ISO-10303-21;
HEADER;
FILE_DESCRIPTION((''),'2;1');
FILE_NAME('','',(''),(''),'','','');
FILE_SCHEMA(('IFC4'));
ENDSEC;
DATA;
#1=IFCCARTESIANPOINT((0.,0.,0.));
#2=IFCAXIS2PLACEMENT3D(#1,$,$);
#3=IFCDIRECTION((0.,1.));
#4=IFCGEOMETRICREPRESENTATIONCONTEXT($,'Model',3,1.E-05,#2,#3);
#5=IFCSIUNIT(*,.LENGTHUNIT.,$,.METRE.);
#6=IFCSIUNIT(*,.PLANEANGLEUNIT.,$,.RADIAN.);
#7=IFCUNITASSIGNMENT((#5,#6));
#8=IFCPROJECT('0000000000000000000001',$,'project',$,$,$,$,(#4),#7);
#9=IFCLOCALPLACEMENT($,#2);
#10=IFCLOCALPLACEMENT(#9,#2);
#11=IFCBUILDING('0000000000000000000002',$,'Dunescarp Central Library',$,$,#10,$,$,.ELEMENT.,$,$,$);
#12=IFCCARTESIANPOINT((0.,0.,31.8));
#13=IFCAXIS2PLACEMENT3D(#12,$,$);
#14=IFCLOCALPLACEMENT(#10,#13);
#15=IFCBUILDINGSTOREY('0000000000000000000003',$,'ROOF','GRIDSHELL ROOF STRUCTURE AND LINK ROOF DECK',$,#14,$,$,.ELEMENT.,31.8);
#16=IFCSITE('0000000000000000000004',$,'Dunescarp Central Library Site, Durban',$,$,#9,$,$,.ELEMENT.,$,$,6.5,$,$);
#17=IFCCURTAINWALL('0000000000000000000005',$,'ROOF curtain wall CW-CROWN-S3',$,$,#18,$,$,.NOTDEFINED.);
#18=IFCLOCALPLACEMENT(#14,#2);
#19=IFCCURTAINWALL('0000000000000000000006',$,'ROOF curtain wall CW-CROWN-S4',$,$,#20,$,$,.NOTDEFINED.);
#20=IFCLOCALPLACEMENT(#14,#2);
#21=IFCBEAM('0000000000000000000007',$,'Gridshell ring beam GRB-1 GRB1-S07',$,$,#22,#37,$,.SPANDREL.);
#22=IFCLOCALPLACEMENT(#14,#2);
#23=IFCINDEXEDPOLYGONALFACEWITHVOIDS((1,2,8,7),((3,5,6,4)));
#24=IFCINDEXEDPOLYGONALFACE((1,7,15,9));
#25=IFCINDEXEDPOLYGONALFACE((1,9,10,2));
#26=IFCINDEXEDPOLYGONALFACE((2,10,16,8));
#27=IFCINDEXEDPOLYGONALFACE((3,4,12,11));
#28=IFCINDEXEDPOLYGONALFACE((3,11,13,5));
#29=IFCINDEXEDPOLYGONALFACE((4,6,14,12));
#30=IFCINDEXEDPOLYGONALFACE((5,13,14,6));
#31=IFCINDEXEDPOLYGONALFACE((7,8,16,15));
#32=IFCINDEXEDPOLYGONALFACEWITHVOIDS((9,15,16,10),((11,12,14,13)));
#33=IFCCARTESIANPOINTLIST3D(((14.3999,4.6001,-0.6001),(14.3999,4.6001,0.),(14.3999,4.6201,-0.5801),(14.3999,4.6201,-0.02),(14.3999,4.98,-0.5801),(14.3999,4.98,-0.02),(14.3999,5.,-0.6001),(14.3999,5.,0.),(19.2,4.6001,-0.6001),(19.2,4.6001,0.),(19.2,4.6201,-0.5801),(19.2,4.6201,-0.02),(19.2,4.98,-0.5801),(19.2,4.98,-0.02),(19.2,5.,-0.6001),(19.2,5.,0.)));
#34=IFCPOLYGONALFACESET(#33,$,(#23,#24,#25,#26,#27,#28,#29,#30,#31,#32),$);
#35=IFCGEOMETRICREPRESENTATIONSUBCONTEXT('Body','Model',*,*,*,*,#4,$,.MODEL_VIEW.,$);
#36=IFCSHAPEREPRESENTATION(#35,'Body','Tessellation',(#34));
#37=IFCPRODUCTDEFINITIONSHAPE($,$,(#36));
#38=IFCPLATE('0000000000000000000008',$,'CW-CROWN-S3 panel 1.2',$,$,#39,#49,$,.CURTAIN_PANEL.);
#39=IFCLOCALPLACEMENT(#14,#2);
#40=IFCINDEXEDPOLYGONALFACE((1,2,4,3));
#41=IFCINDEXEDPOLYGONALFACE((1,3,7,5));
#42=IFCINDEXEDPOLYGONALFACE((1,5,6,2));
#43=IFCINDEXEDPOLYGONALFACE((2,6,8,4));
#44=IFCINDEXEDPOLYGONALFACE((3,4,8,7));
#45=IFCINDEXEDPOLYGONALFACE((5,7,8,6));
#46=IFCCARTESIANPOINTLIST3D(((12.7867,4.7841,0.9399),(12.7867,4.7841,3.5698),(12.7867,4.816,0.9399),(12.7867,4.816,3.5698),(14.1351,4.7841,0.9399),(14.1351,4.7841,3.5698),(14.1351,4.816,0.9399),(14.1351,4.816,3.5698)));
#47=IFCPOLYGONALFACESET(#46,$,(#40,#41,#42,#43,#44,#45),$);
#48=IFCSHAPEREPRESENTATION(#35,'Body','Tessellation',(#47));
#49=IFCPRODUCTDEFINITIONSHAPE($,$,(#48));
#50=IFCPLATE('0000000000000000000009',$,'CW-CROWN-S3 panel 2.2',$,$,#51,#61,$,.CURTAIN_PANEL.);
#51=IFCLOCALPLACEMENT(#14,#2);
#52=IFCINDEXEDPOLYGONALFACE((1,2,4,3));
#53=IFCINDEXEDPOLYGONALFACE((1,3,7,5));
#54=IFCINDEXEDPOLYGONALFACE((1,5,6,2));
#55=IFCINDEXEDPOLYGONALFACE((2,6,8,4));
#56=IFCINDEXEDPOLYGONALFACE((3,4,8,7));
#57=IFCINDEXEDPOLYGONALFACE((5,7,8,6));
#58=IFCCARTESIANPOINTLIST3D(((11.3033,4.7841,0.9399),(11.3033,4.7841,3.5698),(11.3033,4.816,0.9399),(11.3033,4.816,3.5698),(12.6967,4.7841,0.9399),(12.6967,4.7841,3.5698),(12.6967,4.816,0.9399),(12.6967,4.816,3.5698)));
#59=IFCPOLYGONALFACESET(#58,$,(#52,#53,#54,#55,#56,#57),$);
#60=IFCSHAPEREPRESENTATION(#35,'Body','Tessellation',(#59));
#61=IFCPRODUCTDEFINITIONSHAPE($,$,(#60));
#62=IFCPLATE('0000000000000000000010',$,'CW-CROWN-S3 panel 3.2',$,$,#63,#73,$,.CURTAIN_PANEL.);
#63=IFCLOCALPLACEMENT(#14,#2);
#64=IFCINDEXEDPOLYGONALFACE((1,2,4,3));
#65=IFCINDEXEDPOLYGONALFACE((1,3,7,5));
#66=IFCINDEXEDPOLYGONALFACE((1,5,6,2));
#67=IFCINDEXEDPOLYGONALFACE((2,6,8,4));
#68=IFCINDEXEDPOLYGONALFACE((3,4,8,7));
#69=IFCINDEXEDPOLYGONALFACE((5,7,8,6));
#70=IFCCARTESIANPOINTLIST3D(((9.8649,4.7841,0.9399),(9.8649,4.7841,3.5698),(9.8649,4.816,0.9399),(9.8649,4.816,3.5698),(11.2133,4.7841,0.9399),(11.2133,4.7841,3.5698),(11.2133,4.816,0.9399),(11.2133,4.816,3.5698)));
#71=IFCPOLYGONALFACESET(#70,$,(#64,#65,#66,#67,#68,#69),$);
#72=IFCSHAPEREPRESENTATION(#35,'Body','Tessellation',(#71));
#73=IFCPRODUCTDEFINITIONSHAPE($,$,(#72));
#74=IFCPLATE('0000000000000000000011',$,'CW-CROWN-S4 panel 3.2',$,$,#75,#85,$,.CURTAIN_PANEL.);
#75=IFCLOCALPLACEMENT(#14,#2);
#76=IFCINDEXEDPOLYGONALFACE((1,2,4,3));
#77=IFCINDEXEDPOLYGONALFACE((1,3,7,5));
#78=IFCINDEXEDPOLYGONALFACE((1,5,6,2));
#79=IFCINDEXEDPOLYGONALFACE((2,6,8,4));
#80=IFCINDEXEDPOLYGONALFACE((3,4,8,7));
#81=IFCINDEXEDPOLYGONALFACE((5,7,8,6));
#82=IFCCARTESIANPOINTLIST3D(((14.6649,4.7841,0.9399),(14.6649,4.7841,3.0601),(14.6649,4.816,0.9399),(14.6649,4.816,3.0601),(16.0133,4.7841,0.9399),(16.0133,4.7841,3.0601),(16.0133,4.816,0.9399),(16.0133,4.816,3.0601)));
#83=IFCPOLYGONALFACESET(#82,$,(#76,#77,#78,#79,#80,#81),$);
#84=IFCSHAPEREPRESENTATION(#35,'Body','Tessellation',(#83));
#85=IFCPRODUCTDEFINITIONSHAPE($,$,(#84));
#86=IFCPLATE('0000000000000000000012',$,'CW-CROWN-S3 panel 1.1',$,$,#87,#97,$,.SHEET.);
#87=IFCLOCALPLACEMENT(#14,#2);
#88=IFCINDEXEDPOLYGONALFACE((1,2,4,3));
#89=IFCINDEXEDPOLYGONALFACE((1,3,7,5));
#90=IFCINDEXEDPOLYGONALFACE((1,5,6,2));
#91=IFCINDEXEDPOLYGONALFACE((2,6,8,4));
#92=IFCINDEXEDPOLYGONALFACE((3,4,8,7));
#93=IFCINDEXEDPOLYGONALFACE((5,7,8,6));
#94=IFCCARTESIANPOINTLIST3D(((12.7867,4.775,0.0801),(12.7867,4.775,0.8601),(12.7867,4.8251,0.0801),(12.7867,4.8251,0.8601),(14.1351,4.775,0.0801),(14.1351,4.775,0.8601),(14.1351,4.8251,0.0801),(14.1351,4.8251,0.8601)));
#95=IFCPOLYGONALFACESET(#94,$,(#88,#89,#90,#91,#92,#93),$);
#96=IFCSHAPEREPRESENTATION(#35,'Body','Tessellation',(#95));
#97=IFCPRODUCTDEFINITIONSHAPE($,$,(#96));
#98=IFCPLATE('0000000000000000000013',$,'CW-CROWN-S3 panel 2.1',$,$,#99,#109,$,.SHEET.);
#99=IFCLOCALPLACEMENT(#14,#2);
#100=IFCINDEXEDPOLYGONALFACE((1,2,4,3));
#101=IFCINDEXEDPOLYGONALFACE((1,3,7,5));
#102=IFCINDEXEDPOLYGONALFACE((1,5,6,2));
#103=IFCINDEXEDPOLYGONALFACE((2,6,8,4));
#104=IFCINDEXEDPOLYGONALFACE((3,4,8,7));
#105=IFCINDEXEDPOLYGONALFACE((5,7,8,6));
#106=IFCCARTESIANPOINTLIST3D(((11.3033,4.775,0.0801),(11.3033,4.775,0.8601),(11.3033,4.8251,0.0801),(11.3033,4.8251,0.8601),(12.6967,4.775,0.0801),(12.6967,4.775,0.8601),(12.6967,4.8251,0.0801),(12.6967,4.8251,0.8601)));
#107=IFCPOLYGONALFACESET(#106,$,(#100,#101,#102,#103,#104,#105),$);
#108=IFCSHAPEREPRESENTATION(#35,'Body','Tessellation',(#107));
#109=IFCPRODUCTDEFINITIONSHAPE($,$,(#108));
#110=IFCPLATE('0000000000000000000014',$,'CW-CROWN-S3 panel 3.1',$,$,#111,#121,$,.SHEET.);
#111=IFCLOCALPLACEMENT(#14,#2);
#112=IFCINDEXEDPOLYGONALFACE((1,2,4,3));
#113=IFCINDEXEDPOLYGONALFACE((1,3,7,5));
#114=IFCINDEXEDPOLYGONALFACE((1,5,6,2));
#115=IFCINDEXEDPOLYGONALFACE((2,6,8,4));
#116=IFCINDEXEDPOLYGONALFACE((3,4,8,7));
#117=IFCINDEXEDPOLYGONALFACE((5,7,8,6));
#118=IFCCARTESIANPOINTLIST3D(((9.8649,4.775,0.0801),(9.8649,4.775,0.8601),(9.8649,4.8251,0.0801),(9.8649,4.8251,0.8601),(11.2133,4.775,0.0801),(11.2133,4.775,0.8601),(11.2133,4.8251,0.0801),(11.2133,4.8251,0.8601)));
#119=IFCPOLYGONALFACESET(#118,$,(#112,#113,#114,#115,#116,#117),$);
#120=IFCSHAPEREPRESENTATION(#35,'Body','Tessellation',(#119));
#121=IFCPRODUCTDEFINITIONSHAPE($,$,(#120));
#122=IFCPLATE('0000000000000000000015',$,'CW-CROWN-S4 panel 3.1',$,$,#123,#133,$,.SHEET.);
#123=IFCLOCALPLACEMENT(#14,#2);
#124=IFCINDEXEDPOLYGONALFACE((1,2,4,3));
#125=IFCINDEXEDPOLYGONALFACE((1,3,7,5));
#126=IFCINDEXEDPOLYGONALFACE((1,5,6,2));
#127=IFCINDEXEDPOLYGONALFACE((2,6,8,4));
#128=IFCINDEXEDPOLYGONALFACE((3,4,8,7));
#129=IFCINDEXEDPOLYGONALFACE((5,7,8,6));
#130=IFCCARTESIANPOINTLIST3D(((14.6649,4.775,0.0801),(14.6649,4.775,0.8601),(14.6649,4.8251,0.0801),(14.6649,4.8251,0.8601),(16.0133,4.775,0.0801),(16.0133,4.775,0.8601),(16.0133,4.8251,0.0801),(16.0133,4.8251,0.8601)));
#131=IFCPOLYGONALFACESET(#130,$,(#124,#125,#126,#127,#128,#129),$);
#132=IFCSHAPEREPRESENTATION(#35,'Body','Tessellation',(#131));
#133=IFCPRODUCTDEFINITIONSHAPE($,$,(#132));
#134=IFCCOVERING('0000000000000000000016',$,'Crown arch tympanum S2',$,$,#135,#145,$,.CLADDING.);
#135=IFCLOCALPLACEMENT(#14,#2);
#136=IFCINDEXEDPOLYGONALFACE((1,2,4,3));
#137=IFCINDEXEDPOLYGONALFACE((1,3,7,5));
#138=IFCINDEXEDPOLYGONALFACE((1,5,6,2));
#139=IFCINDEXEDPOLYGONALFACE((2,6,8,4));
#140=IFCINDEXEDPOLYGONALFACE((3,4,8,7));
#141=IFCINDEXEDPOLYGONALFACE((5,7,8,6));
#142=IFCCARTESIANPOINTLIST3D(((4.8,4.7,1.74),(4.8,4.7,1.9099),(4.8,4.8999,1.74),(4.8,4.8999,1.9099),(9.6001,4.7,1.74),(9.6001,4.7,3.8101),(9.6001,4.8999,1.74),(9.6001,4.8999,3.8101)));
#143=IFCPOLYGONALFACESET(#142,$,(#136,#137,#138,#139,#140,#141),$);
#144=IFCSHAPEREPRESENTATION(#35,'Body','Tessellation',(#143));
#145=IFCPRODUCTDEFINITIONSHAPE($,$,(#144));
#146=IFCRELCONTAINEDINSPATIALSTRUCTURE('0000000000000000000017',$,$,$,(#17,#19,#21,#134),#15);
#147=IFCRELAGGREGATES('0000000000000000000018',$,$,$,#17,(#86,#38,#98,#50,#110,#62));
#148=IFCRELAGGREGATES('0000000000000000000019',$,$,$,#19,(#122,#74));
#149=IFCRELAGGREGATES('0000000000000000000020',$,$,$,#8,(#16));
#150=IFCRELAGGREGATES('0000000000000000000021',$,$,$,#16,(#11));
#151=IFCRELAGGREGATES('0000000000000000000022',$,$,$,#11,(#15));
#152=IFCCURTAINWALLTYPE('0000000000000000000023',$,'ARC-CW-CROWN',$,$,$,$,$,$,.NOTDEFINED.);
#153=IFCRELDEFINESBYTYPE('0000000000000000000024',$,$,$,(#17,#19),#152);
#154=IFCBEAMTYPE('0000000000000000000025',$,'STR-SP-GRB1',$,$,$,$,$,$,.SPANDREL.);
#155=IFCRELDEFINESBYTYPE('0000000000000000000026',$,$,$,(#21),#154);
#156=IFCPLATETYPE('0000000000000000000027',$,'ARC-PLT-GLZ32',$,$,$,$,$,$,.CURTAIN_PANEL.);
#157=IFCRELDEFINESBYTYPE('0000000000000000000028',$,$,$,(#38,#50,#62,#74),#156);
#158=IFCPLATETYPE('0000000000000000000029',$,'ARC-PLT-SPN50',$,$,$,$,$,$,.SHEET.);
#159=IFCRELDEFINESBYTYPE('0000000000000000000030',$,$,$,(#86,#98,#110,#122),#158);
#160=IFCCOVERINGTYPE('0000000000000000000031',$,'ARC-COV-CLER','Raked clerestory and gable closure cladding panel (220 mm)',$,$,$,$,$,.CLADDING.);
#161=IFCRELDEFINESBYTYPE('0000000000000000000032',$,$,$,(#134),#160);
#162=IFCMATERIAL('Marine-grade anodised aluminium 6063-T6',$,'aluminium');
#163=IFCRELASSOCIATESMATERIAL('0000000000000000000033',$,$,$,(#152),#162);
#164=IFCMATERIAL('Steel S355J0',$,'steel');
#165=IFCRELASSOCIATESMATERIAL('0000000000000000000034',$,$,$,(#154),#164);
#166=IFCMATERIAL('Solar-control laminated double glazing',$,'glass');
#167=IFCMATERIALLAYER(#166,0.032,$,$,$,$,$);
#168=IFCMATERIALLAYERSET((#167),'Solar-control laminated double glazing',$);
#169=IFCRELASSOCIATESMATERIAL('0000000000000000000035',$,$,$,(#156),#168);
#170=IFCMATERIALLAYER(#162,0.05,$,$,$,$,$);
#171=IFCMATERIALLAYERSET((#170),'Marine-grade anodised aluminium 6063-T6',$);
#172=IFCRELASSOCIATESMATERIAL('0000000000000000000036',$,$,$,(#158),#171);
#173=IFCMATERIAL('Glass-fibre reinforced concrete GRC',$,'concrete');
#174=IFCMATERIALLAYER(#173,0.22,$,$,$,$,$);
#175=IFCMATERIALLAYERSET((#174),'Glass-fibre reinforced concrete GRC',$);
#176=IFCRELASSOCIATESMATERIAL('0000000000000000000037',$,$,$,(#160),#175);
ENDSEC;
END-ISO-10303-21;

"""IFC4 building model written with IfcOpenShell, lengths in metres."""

from ifc_helpers import new_model, si_unit, direction, frame, origin, origin_2d, place, context, subcontext, project, spatial, polyline, rectangle, hollow_rectangle, outline, extrude, material, layer, layer_set, material_profile, profile_set, type_object, element, aggregate, save


model = new_model("IFC4")

# Units and contexts
model_context = context("Model", 3, precision=1e-05, world=origin(), true_north=direction((0.0, 1.0)))
body_context = subcontext(model_context, "Body", "Model", "MODEL_VIEW")
ifc_project = project(units=[si_unit("LENGTHUNIT", "METRE"), si_unit("PLANEANGLEUNIT", "RADIAN")], contexts=[model_context])

# Site, building, storey
site_placement = place(None, origin())
site = spatial("IfcSite", under=ifc_project, at=site_placement, Name="Dunescarp Central Library Site, Durban", CompositionType="ELEMENT", RefElevation=6.5)
building_placement = place(site_placement, origin())
building = spatial("IfcBuilding", under=site, at=building_placement, Name="Dunescarp Central Library", CompositionType="ELEMENT")
storey_placement = place(building_placement, frame((0.0, 0.0, 31.8)))
storey = spatial("IfcBuildingStorey", under=building, at=storey_placement, Name="ROOF", Description="GRIDSHELL ROOF STRUCTURE AND LINK ROOF DECK", CompositionType="ELEMENT", Elevation=31.8)

# Curtain walls
ifc_material_1 = material(Name="Marine-grade anodised aluminium 6063-T6", Category="aluminium")
curtain_wall_type = type_object("IfcCurtainWallType", Name="ARC-CW-CROWN", PredefinedType="NOTDEFINED", material=ifc_material_1)
curtain_wall_1_placement = place(storey_placement, origin())
curtain_wall_1 = element("IfcCurtainWall", 1, at=curtain_wall_1_placement, inside=storey, type_object=curtain_wall_type, Name="ROOF curtain wall CW-CROWN-S3", PredefinedType="NOTDEFINED")
curtain_wall_2_placement = place(storey_placement, origin())
curtain_wall_2 = element("IfcCurtainWall", 2, at=curtain_wall_2_placement, inside=storey, type_object=curtain_wall_type, Name="ROOF curtain wall CW-CROWN-S4", PredefinedType="NOTDEFINED")

# Beam
ifc_material_2 = material(Name="Steel S355J0", Category="steel")
ifc_material_profile_1 = material_profile(ifc_material_2, hollow_rectangle(XDim=0.3999, YDim=0.6001, WallThickness=0.02, at=origin_2d()), Name="RHS 600x400x20")
ifc_profile_set_1 = profile_set([ifc_material_profile_1], Name="Steel S355J0")
beam_type = type_object("IfcBeamType", Name="STR-SP-GRB1", PredefinedType="SPANDREL", material=ifc_profile_set_1)
beam_placement = place(storey_placement, frame((14.3999, 4.8, -0.3), z_axis=(1.0, 0.0, 0.0), x_axis=(0.0, 1.0, 0.0)))
element("IfcBeam", 3, at=beam_placement, inside=storey, type_object=beam_type, Name="Gridshell ring beam GRB-1 GRB1-S07", PredefinedType="SPANDREL", context=body_context, shape_type="SweptSolid", body=[
    extrude(hollow_rectangle(XDim=0.3999, YDim=0.6001, WallThickness=0.02, at=origin_2d()), origin(), (0.0, 0.0, 1.0), 4.8),
])

# Plates
ifc_material_3 = material(Name="Solar-control laminated double glazing", Category="glass")
ifc_layer_1 = layer(ifc_material_3, 0.032)
ifc_layer_set_1 = layer_set([ifc_layer_1], Name="Solar-control laminated double glazing")
plate_type_1 = type_object("IfcPlateType", Name="ARC-PLT-GLZ32", PredefinedType="CURTAIN_PANEL", material=ifc_layer_set_1)
plate_1_placement = place(storey_placement, frame((13.4609, 4.8, 0.9399), z_axis=(0.0, 0.0, 1.0), x_axis=(-1.0, 0.0, 0.0)))
plate_1 = element("IfcPlate", 4, at=plate_1_placement, type_object=plate_type_1, Name="CW-CROWN-S3 panel 1.2", PredefinedType="CURTAIN_PANEL", context=body_context, shape_type="SweptSolid", body=[
    extrude(rectangle(XDim=1.3484, YDim=0.032, at=origin_2d()), origin(), (0.0, 0.0, 1.0), 2.6299),
])
plate_2_placement = place(storey_placement, frame((12.0, 4.8, 0.9399), z_axis=(0.0, 0.0, 1.0), x_axis=(-1.0, 0.0, 0.0)))
plate_2 = element("IfcPlate", 5, at=plate_2_placement, type_object=plate_type_1, Name="CW-CROWN-S3 panel 2.2", PredefinedType="CURTAIN_PANEL", context=body_context, shape_type="SweptSolid", body=[
    extrude(rectangle(XDim=1.3933, YDim=0.032, at=origin_2d()), origin(), (0.0, 0.0, 1.0), 2.6299),
])
plate_3_placement = place(storey_placement, frame((10.5391, 4.8, 0.9399), z_axis=(0.0, 0.0, 1.0), x_axis=(-1.0, 0.0, 0.0)))
plate_3 = element("IfcPlate", 6, at=plate_3_placement, type_object=plate_type_1, Name="CW-CROWN-S3 panel 3.2", PredefinedType="CURTAIN_PANEL", context=body_context, shape_type="SweptSolid", body=[
    extrude(rectangle(XDim=1.3484, YDim=0.032, at=origin_2d()), origin(), (0.0, 0.0, 1.0), 2.6299),
])
plate_4_placement = place(storey_placement, frame((15.3391, 4.8, 0.9399), z_axis=(0.0, 0.0, 1.0), x_axis=(-1.0, 0.0, 0.0)))
plate_4 = element("IfcPlate", 7, at=plate_4_placement, type_object=plate_type_1, Name="CW-CROWN-S4 panel 3.2", PredefinedType="CURTAIN_PANEL", context=body_context, shape_type="SweptSolid", body=[
    extrude(rectangle(XDim=1.3484, YDim=0.032, at=origin_2d()), origin(), (0.0, 0.0, 1.0), 2.1201),
])
ifc_layer_2 = layer(ifc_material_1, 0.05)
ifc_layer_set_2 = layer_set([ifc_layer_2], Name="Marine-grade anodised aluminium 6063-T6")
plate_type_2 = type_object("IfcPlateType", Name="ARC-PLT-SPN50", PredefinedType="SHEET", material=ifc_layer_set_2)
plate_5_placement = place(storey_placement, frame((13.4609, 4.8, 0.0801), z_axis=(0.0, 0.0, 1.0), x_axis=(-1.0, 0.0, 0.0)))
plate_5 = element("IfcPlate", 8, at=plate_5_placement, type_object=plate_type_2, Name="CW-CROWN-S3 panel 1.1", PredefinedType="SHEET", context=body_context, shape_type="SweptSolid", body=[
    extrude(rectangle(XDim=1.3484, YDim=0.05, at=origin_2d()), origin(), (0.0, 0.0, 1.0), 0.78),
])
plate_6_placement = place(storey_placement, frame((12.0, 4.8, 0.0801), z_axis=(0.0, 0.0, 1.0), x_axis=(-1.0, 0.0, 0.0)))
plate_6 = element("IfcPlate", 9, at=plate_6_placement, type_object=plate_type_2, Name="CW-CROWN-S3 panel 2.1", PredefinedType="SHEET", context=body_context, shape_type="SweptSolid", body=[
    extrude(rectangle(XDim=1.3933, YDim=0.05, at=origin_2d()), origin(), (0.0, 0.0, 1.0), 0.78),
])
plate_7_placement = place(storey_placement, frame((10.5391, 4.8, 0.0801), z_axis=(0.0, 0.0, 1.0), x_axis=(-1.0, 0.0, 0.0)))
plate_7 = element("IfcPlate", 10, at=plate_7_placement, type_object=plate_type_2, Name="CW-CROWN-S3 panel 3.1", PredefinedType="SHEET", context=body_context, shape_type="SweptSolid", body=[
    extrude(rectangle(XDim=1.3484, YDim=0.05, at=origin_2d()), origin(), (0.0, 0.0, 1.0), 0.78),
])
aggregate(curtain_wall_1, [plate_5, plate_1, plate_6, plate_2, plate_7, plate_3])
plate_8_placement = place(storey_placement, frame((15.3391, 4.8, 0.0801), z_axis=(0.0, 0.0, 1.0), x_axis=(-1.0, 0.0, 0.0)))
plate_8 = element("IfcPlate", 11, at=plate_8_placement, type_object=plate_type_2, Name="CW-CROWN-S4 panel 3.1", PredefinedType="SHEET", context=body_context, shape_type="SweptSolid", body=[
    extrude(rectangle(XDim=1.3484, YDim=0.05, at=origin_2d()), origin(), (0.0, 0.0, 1.0), 0.78),
])
aggregate(curtain_wall_2, [plate_8, plate_4])

# Covering
ifc_material_4 = material(Name="Glass-fibre reinforced concrete GRC", Category="concrete")
ifc_layer_3 = layer(ifc_material_4, 0.22)
ifc_layer_set_3 = layer_set([ifc_layer_3], Name="Glass-fibre reinforced concrete GRC")
covering_type = type_object("IfcCoveringType", Name="ARC-COV-CLER", Description="Raked clerestory and gable closure cladding panel (220 mm)", PredefinedType="CLADDING", material=ifc_layer_set_3)
covering_placement = place(storey_placement, frame((9.6001, 4.8, 1.74), z_axis=(0.0, 0.0, 1.0), x_axis=(-1.0, 0.0, 0.0)))
element("IfcCovering", 12, at=covering_placement, inside=storey, type_object=covering_type, Name="Crown arch tympanum S2", PredefinedType="CLADDING", context=body_context, shape_type="SweptSolid", body=[
    extrude(outline(polyline([(0.0, 0.0), (4.8, 0.0), (4.8, 0.1699), (0.0, 2.0701), (0.0, 0.0)])), frame((0.0, 0.1001, 0.0), z_axis=(0.0, -1.0, 0.0), x_axis=(1.0, 0.0, 0.0)), (0.0, 0.0, 1.0), 0.2),
])

save(model, "model.ifc")
